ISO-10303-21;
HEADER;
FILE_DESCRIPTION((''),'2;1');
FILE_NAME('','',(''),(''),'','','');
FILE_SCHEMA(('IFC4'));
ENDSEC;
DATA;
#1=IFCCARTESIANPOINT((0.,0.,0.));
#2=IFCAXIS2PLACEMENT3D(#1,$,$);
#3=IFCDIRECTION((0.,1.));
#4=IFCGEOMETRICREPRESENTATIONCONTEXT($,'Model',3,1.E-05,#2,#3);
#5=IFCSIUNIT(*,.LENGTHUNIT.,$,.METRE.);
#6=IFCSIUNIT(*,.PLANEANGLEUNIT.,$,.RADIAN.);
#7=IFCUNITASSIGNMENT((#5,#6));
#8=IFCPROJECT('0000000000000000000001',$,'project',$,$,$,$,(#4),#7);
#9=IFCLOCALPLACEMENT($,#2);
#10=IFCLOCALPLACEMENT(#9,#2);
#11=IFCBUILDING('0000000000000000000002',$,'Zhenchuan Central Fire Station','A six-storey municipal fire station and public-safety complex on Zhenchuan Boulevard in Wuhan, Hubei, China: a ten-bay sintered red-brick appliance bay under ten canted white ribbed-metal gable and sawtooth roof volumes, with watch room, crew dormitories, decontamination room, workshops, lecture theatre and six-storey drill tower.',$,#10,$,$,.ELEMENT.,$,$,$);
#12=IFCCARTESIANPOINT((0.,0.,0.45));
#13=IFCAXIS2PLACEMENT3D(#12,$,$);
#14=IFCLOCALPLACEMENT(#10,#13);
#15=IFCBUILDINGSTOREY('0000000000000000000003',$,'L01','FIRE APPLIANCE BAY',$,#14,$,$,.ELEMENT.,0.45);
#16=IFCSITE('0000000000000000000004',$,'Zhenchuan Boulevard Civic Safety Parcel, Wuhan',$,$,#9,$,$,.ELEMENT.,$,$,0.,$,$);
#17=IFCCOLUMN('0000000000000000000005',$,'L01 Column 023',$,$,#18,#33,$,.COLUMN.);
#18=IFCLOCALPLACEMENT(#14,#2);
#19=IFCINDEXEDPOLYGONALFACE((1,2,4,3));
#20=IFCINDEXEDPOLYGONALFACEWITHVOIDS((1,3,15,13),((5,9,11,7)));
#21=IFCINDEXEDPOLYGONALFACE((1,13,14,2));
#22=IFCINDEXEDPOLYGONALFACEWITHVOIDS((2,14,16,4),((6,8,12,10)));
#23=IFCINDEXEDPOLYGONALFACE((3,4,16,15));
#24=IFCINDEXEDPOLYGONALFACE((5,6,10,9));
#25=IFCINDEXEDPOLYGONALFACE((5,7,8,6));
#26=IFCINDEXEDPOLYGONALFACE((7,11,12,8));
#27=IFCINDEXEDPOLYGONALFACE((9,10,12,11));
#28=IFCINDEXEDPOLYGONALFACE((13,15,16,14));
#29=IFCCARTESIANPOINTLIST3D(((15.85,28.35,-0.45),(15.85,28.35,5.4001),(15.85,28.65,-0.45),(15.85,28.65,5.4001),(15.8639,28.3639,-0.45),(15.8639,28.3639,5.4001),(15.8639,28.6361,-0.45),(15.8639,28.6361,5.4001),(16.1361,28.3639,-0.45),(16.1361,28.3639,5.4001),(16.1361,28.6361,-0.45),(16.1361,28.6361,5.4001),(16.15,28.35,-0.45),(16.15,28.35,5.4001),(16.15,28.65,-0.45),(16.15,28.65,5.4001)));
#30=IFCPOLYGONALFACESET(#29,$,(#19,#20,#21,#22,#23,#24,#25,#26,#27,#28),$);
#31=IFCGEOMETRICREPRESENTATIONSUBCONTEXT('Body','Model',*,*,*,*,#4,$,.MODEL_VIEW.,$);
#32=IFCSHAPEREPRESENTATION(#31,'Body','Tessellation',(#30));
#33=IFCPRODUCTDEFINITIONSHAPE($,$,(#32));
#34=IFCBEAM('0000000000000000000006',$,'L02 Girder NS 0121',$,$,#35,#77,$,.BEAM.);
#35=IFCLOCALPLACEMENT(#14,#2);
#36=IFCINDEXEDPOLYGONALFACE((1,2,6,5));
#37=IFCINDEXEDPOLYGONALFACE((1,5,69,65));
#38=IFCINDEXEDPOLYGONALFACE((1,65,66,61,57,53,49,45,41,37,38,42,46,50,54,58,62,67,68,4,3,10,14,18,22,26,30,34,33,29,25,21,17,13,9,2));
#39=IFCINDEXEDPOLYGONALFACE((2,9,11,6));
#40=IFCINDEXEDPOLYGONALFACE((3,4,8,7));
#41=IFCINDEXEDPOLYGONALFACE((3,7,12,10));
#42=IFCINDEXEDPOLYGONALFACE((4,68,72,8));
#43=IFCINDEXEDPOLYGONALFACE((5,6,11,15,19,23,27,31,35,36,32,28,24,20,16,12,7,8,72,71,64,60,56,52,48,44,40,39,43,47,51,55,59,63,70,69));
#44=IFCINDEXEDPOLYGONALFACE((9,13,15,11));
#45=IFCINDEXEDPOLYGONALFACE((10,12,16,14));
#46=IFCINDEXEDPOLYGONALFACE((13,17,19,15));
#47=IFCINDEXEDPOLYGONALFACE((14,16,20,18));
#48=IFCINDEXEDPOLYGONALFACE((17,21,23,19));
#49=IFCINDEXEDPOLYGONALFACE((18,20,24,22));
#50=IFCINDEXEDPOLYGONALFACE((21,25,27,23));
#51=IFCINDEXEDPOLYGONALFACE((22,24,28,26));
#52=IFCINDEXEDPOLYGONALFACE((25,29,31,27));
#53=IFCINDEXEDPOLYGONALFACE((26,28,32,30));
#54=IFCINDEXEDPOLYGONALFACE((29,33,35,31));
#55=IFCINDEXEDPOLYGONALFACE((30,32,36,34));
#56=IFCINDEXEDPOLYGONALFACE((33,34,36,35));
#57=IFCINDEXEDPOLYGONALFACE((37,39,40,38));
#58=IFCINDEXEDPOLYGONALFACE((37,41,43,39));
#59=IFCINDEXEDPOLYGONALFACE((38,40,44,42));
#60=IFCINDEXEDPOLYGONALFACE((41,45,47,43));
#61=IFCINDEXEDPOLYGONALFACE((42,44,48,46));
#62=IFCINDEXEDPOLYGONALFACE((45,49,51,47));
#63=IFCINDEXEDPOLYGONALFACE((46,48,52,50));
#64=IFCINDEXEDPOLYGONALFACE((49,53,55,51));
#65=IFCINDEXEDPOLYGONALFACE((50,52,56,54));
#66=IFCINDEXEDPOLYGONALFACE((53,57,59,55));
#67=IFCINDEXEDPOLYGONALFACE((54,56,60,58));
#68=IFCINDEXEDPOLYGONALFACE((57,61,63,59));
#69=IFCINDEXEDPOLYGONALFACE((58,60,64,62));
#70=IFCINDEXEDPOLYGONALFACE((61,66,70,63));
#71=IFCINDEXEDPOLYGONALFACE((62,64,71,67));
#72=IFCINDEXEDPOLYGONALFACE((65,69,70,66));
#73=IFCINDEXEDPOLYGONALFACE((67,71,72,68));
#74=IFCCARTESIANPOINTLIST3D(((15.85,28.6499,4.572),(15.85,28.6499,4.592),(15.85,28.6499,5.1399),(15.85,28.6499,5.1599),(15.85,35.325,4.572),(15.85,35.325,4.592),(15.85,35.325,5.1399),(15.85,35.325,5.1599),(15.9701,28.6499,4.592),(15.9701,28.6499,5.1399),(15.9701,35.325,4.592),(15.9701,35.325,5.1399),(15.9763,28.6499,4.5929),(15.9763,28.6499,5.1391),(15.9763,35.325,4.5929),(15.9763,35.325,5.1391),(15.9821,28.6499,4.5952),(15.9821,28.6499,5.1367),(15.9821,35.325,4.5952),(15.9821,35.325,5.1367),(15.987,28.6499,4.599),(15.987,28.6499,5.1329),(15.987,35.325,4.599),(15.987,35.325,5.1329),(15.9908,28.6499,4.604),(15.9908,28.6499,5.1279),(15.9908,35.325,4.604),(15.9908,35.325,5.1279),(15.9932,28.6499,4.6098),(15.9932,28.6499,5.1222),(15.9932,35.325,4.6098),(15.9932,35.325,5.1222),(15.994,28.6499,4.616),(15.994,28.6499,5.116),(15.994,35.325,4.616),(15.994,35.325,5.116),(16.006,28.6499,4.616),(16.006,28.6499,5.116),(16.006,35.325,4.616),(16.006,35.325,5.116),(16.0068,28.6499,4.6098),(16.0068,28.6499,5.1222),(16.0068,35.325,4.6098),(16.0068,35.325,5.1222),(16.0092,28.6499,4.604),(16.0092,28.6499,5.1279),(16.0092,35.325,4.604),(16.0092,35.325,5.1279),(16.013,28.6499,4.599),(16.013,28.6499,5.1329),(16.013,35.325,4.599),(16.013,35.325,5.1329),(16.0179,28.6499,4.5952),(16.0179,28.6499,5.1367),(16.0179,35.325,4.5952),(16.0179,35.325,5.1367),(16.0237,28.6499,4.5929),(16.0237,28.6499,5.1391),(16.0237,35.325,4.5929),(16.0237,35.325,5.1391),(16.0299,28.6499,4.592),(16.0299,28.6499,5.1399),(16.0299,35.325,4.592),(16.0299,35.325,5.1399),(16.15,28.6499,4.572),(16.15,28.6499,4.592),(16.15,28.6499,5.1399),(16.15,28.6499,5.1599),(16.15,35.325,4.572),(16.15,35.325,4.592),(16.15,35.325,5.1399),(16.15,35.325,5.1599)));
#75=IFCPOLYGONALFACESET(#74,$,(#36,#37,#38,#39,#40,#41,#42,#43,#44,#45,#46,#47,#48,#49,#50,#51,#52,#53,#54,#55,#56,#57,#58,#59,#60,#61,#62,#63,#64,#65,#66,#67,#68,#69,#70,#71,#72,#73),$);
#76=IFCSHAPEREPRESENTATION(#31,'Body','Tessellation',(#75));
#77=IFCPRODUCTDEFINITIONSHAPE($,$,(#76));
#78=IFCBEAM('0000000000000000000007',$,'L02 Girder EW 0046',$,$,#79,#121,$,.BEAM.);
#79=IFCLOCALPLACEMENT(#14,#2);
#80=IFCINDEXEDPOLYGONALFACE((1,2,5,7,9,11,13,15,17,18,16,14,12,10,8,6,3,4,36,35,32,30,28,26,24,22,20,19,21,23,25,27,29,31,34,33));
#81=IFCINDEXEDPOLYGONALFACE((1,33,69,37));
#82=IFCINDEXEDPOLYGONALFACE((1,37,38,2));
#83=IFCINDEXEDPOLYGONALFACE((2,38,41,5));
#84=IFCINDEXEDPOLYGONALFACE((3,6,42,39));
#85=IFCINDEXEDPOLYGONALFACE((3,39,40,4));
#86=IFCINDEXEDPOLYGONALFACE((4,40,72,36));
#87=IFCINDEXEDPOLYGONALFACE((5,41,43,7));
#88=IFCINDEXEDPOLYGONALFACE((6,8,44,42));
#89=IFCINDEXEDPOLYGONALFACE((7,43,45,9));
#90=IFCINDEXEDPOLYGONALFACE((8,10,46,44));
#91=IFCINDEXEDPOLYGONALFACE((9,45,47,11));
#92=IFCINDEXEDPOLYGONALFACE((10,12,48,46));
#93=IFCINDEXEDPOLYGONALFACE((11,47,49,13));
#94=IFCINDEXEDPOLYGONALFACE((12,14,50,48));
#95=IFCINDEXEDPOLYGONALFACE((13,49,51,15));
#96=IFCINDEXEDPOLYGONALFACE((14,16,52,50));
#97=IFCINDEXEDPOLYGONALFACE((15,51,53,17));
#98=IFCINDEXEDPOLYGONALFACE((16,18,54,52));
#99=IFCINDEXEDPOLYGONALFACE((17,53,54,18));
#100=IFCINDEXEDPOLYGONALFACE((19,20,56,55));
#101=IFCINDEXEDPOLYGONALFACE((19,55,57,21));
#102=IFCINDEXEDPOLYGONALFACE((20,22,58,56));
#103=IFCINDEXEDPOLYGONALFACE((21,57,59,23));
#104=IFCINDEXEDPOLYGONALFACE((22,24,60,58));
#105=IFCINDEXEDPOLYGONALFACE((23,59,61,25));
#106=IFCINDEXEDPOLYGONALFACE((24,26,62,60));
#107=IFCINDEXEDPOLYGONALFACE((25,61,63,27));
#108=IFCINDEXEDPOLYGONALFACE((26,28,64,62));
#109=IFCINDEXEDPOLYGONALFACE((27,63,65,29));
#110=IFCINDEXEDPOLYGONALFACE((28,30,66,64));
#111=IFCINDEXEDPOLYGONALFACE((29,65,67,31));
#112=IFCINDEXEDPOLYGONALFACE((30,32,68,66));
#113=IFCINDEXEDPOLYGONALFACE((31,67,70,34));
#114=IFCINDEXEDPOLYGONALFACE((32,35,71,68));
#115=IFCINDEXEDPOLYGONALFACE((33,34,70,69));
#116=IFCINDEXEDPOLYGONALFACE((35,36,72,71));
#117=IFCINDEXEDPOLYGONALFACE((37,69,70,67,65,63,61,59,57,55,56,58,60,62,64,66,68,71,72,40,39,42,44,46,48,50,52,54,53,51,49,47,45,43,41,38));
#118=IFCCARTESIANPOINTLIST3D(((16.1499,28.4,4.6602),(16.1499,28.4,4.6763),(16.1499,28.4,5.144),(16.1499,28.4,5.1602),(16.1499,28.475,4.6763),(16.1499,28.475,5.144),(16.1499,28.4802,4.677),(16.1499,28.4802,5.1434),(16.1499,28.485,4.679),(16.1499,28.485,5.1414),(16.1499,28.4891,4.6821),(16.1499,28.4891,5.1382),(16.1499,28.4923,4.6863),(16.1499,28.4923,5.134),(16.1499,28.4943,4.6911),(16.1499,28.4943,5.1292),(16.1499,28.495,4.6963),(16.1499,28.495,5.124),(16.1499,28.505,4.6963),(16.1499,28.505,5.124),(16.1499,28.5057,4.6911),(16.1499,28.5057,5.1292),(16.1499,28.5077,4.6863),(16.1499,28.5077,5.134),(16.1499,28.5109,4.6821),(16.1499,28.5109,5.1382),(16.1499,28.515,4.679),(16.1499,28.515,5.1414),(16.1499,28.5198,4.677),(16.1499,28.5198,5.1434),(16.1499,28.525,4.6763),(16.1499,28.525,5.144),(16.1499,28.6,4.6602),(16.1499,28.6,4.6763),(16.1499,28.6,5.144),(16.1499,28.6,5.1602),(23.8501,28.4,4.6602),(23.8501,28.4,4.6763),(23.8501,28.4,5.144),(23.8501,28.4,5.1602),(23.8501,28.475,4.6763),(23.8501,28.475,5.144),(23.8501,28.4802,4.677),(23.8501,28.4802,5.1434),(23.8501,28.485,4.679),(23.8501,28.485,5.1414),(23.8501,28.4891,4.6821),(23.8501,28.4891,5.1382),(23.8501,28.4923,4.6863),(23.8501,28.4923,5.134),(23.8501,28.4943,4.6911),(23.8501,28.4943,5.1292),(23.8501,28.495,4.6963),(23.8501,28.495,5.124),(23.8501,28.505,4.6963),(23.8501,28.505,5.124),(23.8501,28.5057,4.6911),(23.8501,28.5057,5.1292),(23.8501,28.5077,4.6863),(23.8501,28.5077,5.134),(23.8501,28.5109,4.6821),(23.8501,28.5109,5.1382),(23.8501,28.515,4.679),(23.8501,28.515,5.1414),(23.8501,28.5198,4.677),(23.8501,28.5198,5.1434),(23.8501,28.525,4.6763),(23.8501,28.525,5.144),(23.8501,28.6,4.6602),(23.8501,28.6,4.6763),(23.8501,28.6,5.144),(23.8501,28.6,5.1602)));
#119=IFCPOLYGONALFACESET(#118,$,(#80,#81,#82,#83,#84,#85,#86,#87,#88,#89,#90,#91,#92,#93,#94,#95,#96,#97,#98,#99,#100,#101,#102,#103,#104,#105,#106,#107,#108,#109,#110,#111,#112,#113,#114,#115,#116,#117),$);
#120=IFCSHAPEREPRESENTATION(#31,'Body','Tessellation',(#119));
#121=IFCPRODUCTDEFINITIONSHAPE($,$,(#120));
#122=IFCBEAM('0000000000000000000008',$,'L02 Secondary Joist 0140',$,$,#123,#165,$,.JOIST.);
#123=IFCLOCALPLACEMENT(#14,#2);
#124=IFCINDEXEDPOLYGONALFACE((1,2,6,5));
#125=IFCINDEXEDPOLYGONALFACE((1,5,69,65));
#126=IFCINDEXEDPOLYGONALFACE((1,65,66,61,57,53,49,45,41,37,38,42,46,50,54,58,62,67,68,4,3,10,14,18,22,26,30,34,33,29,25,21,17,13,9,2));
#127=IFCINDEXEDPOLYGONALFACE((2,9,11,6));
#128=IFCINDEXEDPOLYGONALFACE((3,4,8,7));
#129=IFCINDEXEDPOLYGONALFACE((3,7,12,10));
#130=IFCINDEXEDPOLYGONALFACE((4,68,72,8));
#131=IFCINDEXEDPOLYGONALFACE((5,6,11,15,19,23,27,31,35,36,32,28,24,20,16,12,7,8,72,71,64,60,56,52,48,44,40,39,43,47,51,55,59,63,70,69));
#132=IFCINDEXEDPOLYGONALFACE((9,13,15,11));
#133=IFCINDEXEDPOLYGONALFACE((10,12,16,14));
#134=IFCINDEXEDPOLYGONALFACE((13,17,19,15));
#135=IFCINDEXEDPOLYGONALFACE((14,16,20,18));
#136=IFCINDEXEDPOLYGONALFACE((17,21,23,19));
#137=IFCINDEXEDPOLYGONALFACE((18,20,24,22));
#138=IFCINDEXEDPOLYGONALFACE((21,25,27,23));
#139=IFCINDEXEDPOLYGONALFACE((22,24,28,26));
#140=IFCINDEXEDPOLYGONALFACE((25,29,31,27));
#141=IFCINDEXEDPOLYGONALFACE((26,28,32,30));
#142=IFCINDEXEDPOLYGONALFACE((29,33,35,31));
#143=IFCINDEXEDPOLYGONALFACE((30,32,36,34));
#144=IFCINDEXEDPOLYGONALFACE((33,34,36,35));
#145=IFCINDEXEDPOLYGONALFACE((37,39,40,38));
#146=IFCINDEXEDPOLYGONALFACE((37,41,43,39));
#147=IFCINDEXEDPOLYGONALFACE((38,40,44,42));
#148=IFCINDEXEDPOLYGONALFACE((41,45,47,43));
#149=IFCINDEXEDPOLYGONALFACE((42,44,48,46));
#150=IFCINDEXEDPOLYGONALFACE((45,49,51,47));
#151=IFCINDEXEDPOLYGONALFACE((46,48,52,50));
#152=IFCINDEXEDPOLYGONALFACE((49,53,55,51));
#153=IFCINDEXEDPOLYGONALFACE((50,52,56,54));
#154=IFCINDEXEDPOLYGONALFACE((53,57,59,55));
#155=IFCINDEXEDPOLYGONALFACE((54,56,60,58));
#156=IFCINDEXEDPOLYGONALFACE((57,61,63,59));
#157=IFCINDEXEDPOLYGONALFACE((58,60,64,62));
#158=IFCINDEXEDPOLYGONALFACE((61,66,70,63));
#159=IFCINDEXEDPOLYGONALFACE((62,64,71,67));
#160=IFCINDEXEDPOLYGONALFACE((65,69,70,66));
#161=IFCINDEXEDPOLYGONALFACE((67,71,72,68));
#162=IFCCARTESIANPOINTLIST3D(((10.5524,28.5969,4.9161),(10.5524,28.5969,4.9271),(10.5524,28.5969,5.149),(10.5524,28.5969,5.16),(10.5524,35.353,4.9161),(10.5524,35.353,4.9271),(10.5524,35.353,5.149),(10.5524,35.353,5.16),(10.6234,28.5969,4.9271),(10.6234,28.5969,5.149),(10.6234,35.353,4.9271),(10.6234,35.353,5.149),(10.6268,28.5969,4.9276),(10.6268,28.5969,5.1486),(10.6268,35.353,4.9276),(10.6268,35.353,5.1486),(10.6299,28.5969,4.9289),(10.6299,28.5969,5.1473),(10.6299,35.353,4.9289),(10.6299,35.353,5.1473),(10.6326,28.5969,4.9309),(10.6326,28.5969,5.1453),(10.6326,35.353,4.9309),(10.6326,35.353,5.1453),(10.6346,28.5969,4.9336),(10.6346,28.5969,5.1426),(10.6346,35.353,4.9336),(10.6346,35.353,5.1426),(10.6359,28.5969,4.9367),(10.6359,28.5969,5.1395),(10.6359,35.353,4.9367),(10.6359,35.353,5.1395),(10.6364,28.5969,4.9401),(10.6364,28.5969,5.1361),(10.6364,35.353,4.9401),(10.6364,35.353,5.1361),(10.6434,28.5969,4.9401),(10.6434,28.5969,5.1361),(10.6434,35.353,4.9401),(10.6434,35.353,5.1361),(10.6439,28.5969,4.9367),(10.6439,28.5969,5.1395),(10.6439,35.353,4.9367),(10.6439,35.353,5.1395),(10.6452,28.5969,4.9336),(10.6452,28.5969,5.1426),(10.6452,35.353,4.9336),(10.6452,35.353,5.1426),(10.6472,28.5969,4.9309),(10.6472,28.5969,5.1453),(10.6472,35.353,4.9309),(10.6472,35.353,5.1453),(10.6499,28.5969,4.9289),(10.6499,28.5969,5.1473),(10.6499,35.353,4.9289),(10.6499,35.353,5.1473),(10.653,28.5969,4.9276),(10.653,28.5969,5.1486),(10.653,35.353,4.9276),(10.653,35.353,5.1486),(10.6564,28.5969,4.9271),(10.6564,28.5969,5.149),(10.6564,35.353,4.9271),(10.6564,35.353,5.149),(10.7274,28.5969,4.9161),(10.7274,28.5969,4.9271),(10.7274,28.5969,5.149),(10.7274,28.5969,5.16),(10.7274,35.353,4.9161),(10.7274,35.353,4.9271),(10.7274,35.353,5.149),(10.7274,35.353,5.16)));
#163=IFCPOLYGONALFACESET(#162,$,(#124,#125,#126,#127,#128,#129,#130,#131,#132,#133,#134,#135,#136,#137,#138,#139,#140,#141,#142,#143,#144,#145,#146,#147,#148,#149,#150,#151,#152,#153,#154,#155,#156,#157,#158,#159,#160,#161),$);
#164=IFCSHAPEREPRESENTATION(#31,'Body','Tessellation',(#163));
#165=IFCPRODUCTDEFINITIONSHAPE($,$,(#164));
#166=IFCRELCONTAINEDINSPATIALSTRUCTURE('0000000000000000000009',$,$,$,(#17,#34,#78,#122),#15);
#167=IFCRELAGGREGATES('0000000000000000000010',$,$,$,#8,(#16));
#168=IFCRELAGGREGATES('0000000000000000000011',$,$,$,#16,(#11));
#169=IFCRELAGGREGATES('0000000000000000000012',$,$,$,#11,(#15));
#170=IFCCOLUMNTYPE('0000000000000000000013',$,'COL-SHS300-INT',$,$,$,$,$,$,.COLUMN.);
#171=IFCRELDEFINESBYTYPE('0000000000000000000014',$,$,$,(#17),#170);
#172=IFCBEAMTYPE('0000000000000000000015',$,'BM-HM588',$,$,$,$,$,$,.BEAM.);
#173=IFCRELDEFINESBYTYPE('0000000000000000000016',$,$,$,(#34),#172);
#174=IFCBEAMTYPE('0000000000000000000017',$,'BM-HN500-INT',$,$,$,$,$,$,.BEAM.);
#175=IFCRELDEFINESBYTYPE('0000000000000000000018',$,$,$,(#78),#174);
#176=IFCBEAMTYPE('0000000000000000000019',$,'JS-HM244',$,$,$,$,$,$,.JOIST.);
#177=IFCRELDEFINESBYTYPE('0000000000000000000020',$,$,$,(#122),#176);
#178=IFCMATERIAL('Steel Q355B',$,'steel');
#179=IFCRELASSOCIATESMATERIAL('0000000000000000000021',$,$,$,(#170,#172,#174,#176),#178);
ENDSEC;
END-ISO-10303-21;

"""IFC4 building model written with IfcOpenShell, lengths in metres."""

from ifc_helpers import new_model, si_unit, direction, frame, origin, origin_2d, place, context, subcontext, project, spatial, hollow_rectangle, i_section, extrude, material, material_profile, profile_set, type_object, element, save


model = new_model("IFC4")

# Units and contexts
model_context = context("Model", 3, precision=1e-05, world=origin(), true_north=direction((0.0, 1.0)))
body_context = subcontext(model_context, "Body", "Model", "MODEL_VIEW")
ifc_project = project(units=[si_unit("LENGTHUNIT", "METRE"), si_unit("PLANEANGLEUNIT", "RADIAN")], contexts=[model_context])

# Site, building, storey
site_placement = place(None, origin())
site = spatial("IfcSite", under=ifc_project, at=site_placement, Name="Zhenchuan Boulevard Civic Safety Parcel, Wuhan", CompositionType="ELEMENT", RefElevation=0.0)
building_placement = place(site_placement, origin())
building = spatial("IfcBuilding", under=site, at=building_placement, Name="Zhenchuan Central Fire Station", Description="A six-storey municipal fire station and public-safety complex on Zhenchuan Boulevard in Wuhan, Hubei, China: a ten-bay sintered red-brick appliance bay under ten canted white ribbed-metal gable and sawtooth roof volumes, with watch room, crew dormitories, decontamination room, workshops, lecture theatre and six-storey drill tower.", CompositionType="ELEMENT")
storey_placement = place(building_placement, frame((0.0, 0.0, 0.45)))
storey = spatial("IfcBuildingStorey", under=building, at=storey_placement, Name="L01", Description="FIRE APPLIANCE BAY", CompositionType="ELEMENT", Elevation=0.45)

# Column
ifc_material_1 = material(Name="Steel Q355B", Category="steel")
ifc_material_profile_1 = material_profile(ifc_material_1, hollow_rectangle(XDim=0.3, YDim=0.3, WallThickness=0.0139, at=origin_2d()), Name="SHS 300x300x14")
ifc_profile_set_1 = profile_set([ifc_material_profile_1], Name="Steel Q355B")
column_type_1 = type_object("IfcColumnType", Name="COL-SHS300-INT", PredefinedType="COLUMN", material=ifc_profile_set_1)
column_1_placement = place(storey_placement, frame((16.0, 28.5, -0.45), z_axis=(0.0, 0.0, 1.0), x_axis=(1.0, 0.0, 0.0)))
element("IfcColumn", 1, at=column_1_placement, inside=storey, type_object=column_type_1, Name="L01 Column 023", PredefinedType="COLUMN", context=body_context, shape_type="SweptSolid", body=[
    extrude(hollow_rectangle(XDim=0.3, YDim=0.3, WallThickness=0.0139, at=origin_2d()), origin(), (0.0, 0.0, 1.0), 5.8501),
])

# Beams
ifc_material_profile_2 = material_profile(ifc_material_1, i_section(OverallWidth=0.3, OverallDepth=0.5879, WebThickness=0.012, FlangeThickness=0.02, FilletRadius=0.0239, at=origin_2d()), Name="HM 588x300")
ifc_profile_set_2 = profile_set([ifc_material_profile_2], Name="Steel Q355B")
beam_type_1 = type_object("IfcBeamType", Name="BM-HM588", PredefinedType="BEAM", material=ifc_profile_set_2)
beam_1_placement = place(storey_placement, frame((16.0, 28.6499, 4.866), z_axis=(0.0, 1.0, 0.0), x_axis=(-1.0, 0.0, 0.0)))
element("IfcBeam", 2, at=beam_1_placement, inside=storey, type_object=beam_type_1, Name="L02 Girder NS 0121", PredefinedType="BEAM", context=body_context, shape_type="SweptSolid", body=[
    extrude(i_section(OverallWidth=0.3, OverallDepth=0.5879, WebThickness=0.012, FlangeThickness=0.02, FilletRadius=0.0239, at=origin_2d()), origin(), (0.0, 0.0, 1.0), 6.675),
])
ifc_material_profile_3 = material_profile(ifc_material_1, i_section(OverallWidth=0.2, OverallDepth=0.5, WebThickness=0.01, FlangeThickness=0.0161, FilletRadius=0.02, at=origin_2d()), Name="HN 500x200")
ifc_profile_set_3 = profile_set([ifc_material_profile_3], Name="Steel Q355B")
beam_type_2 = type_object("IfcBeamType", Name="BM-HN500-INT", PredefinedType="BEAM", material=ifc_profile_set_3)
beam_2_placement = place(storey_placement, frame((16.1499, 28.5, 4.9102), z_axis=(1.0, 0.0, 0.0), x_axis=(0.0, 1.0, 0.0)))
element("IfcBeam", 3, at=beam_2_placement, inside=storey, type_object=beam_type_2, Name="L02 Girder EW 0046", PredefinedType="BEAM", context=body_context, shape_type="SweptSolid", body=[
    extrude(i_section(OverallWidth=0.2, OverallDepth=0.5, WebThickness=0.01, FlangeThickness=0.0161, FilletRadius=0.02, at=origin_2d()), origin(), (0.0, 0.0, 1.0), 7.7002),
])
ifc_material_profile_4 = material_profile(ifc_material_1, i_section(OverallWidth=0.175, OverallDepth=0.2439, WebThickness=0.0071, FlangeThickness=0.011, FilletRadius=0.0129, at=origin_2d()), Name="HM 244x175")
ifc_profile_set_4 = profile_set([ifc_material_profile_4], Name="Steel Q355B")
beam_type_3 = type_object("IfcBeamType", Name="JS-HM244", PredefinedType="JOIST", material=ifc_profile_set_4)
for number, where, z_axis, x_axis, name in (
    (4, (10.6399, 28.5969, 5.0381), (0.0, 1.0, 0.0), (-1.0, 0.0, 0.0), "L02 Secondary Joist 0140"),
):
    element("IfcBeam", number, at=place(storey_placement, frame(where, z_axis=z_axis, x_axis=x_axis)), inside=storey, type_object=beam_type_3, Name=name, PredefinedType="JOIST", context=body_context, shape_type="SweptSolid", body=[
        extrude(i_section(OverallWidth=0.175, OverallDepth=0.2439, WebThickness=0.0071, FlangeThickness=0.011, FilletRadius=0.0129, at=origin_2d()), origin(), (0.0, 0.0, 1.0), 6.7561),
    ])

save(model, "model.ifc")
